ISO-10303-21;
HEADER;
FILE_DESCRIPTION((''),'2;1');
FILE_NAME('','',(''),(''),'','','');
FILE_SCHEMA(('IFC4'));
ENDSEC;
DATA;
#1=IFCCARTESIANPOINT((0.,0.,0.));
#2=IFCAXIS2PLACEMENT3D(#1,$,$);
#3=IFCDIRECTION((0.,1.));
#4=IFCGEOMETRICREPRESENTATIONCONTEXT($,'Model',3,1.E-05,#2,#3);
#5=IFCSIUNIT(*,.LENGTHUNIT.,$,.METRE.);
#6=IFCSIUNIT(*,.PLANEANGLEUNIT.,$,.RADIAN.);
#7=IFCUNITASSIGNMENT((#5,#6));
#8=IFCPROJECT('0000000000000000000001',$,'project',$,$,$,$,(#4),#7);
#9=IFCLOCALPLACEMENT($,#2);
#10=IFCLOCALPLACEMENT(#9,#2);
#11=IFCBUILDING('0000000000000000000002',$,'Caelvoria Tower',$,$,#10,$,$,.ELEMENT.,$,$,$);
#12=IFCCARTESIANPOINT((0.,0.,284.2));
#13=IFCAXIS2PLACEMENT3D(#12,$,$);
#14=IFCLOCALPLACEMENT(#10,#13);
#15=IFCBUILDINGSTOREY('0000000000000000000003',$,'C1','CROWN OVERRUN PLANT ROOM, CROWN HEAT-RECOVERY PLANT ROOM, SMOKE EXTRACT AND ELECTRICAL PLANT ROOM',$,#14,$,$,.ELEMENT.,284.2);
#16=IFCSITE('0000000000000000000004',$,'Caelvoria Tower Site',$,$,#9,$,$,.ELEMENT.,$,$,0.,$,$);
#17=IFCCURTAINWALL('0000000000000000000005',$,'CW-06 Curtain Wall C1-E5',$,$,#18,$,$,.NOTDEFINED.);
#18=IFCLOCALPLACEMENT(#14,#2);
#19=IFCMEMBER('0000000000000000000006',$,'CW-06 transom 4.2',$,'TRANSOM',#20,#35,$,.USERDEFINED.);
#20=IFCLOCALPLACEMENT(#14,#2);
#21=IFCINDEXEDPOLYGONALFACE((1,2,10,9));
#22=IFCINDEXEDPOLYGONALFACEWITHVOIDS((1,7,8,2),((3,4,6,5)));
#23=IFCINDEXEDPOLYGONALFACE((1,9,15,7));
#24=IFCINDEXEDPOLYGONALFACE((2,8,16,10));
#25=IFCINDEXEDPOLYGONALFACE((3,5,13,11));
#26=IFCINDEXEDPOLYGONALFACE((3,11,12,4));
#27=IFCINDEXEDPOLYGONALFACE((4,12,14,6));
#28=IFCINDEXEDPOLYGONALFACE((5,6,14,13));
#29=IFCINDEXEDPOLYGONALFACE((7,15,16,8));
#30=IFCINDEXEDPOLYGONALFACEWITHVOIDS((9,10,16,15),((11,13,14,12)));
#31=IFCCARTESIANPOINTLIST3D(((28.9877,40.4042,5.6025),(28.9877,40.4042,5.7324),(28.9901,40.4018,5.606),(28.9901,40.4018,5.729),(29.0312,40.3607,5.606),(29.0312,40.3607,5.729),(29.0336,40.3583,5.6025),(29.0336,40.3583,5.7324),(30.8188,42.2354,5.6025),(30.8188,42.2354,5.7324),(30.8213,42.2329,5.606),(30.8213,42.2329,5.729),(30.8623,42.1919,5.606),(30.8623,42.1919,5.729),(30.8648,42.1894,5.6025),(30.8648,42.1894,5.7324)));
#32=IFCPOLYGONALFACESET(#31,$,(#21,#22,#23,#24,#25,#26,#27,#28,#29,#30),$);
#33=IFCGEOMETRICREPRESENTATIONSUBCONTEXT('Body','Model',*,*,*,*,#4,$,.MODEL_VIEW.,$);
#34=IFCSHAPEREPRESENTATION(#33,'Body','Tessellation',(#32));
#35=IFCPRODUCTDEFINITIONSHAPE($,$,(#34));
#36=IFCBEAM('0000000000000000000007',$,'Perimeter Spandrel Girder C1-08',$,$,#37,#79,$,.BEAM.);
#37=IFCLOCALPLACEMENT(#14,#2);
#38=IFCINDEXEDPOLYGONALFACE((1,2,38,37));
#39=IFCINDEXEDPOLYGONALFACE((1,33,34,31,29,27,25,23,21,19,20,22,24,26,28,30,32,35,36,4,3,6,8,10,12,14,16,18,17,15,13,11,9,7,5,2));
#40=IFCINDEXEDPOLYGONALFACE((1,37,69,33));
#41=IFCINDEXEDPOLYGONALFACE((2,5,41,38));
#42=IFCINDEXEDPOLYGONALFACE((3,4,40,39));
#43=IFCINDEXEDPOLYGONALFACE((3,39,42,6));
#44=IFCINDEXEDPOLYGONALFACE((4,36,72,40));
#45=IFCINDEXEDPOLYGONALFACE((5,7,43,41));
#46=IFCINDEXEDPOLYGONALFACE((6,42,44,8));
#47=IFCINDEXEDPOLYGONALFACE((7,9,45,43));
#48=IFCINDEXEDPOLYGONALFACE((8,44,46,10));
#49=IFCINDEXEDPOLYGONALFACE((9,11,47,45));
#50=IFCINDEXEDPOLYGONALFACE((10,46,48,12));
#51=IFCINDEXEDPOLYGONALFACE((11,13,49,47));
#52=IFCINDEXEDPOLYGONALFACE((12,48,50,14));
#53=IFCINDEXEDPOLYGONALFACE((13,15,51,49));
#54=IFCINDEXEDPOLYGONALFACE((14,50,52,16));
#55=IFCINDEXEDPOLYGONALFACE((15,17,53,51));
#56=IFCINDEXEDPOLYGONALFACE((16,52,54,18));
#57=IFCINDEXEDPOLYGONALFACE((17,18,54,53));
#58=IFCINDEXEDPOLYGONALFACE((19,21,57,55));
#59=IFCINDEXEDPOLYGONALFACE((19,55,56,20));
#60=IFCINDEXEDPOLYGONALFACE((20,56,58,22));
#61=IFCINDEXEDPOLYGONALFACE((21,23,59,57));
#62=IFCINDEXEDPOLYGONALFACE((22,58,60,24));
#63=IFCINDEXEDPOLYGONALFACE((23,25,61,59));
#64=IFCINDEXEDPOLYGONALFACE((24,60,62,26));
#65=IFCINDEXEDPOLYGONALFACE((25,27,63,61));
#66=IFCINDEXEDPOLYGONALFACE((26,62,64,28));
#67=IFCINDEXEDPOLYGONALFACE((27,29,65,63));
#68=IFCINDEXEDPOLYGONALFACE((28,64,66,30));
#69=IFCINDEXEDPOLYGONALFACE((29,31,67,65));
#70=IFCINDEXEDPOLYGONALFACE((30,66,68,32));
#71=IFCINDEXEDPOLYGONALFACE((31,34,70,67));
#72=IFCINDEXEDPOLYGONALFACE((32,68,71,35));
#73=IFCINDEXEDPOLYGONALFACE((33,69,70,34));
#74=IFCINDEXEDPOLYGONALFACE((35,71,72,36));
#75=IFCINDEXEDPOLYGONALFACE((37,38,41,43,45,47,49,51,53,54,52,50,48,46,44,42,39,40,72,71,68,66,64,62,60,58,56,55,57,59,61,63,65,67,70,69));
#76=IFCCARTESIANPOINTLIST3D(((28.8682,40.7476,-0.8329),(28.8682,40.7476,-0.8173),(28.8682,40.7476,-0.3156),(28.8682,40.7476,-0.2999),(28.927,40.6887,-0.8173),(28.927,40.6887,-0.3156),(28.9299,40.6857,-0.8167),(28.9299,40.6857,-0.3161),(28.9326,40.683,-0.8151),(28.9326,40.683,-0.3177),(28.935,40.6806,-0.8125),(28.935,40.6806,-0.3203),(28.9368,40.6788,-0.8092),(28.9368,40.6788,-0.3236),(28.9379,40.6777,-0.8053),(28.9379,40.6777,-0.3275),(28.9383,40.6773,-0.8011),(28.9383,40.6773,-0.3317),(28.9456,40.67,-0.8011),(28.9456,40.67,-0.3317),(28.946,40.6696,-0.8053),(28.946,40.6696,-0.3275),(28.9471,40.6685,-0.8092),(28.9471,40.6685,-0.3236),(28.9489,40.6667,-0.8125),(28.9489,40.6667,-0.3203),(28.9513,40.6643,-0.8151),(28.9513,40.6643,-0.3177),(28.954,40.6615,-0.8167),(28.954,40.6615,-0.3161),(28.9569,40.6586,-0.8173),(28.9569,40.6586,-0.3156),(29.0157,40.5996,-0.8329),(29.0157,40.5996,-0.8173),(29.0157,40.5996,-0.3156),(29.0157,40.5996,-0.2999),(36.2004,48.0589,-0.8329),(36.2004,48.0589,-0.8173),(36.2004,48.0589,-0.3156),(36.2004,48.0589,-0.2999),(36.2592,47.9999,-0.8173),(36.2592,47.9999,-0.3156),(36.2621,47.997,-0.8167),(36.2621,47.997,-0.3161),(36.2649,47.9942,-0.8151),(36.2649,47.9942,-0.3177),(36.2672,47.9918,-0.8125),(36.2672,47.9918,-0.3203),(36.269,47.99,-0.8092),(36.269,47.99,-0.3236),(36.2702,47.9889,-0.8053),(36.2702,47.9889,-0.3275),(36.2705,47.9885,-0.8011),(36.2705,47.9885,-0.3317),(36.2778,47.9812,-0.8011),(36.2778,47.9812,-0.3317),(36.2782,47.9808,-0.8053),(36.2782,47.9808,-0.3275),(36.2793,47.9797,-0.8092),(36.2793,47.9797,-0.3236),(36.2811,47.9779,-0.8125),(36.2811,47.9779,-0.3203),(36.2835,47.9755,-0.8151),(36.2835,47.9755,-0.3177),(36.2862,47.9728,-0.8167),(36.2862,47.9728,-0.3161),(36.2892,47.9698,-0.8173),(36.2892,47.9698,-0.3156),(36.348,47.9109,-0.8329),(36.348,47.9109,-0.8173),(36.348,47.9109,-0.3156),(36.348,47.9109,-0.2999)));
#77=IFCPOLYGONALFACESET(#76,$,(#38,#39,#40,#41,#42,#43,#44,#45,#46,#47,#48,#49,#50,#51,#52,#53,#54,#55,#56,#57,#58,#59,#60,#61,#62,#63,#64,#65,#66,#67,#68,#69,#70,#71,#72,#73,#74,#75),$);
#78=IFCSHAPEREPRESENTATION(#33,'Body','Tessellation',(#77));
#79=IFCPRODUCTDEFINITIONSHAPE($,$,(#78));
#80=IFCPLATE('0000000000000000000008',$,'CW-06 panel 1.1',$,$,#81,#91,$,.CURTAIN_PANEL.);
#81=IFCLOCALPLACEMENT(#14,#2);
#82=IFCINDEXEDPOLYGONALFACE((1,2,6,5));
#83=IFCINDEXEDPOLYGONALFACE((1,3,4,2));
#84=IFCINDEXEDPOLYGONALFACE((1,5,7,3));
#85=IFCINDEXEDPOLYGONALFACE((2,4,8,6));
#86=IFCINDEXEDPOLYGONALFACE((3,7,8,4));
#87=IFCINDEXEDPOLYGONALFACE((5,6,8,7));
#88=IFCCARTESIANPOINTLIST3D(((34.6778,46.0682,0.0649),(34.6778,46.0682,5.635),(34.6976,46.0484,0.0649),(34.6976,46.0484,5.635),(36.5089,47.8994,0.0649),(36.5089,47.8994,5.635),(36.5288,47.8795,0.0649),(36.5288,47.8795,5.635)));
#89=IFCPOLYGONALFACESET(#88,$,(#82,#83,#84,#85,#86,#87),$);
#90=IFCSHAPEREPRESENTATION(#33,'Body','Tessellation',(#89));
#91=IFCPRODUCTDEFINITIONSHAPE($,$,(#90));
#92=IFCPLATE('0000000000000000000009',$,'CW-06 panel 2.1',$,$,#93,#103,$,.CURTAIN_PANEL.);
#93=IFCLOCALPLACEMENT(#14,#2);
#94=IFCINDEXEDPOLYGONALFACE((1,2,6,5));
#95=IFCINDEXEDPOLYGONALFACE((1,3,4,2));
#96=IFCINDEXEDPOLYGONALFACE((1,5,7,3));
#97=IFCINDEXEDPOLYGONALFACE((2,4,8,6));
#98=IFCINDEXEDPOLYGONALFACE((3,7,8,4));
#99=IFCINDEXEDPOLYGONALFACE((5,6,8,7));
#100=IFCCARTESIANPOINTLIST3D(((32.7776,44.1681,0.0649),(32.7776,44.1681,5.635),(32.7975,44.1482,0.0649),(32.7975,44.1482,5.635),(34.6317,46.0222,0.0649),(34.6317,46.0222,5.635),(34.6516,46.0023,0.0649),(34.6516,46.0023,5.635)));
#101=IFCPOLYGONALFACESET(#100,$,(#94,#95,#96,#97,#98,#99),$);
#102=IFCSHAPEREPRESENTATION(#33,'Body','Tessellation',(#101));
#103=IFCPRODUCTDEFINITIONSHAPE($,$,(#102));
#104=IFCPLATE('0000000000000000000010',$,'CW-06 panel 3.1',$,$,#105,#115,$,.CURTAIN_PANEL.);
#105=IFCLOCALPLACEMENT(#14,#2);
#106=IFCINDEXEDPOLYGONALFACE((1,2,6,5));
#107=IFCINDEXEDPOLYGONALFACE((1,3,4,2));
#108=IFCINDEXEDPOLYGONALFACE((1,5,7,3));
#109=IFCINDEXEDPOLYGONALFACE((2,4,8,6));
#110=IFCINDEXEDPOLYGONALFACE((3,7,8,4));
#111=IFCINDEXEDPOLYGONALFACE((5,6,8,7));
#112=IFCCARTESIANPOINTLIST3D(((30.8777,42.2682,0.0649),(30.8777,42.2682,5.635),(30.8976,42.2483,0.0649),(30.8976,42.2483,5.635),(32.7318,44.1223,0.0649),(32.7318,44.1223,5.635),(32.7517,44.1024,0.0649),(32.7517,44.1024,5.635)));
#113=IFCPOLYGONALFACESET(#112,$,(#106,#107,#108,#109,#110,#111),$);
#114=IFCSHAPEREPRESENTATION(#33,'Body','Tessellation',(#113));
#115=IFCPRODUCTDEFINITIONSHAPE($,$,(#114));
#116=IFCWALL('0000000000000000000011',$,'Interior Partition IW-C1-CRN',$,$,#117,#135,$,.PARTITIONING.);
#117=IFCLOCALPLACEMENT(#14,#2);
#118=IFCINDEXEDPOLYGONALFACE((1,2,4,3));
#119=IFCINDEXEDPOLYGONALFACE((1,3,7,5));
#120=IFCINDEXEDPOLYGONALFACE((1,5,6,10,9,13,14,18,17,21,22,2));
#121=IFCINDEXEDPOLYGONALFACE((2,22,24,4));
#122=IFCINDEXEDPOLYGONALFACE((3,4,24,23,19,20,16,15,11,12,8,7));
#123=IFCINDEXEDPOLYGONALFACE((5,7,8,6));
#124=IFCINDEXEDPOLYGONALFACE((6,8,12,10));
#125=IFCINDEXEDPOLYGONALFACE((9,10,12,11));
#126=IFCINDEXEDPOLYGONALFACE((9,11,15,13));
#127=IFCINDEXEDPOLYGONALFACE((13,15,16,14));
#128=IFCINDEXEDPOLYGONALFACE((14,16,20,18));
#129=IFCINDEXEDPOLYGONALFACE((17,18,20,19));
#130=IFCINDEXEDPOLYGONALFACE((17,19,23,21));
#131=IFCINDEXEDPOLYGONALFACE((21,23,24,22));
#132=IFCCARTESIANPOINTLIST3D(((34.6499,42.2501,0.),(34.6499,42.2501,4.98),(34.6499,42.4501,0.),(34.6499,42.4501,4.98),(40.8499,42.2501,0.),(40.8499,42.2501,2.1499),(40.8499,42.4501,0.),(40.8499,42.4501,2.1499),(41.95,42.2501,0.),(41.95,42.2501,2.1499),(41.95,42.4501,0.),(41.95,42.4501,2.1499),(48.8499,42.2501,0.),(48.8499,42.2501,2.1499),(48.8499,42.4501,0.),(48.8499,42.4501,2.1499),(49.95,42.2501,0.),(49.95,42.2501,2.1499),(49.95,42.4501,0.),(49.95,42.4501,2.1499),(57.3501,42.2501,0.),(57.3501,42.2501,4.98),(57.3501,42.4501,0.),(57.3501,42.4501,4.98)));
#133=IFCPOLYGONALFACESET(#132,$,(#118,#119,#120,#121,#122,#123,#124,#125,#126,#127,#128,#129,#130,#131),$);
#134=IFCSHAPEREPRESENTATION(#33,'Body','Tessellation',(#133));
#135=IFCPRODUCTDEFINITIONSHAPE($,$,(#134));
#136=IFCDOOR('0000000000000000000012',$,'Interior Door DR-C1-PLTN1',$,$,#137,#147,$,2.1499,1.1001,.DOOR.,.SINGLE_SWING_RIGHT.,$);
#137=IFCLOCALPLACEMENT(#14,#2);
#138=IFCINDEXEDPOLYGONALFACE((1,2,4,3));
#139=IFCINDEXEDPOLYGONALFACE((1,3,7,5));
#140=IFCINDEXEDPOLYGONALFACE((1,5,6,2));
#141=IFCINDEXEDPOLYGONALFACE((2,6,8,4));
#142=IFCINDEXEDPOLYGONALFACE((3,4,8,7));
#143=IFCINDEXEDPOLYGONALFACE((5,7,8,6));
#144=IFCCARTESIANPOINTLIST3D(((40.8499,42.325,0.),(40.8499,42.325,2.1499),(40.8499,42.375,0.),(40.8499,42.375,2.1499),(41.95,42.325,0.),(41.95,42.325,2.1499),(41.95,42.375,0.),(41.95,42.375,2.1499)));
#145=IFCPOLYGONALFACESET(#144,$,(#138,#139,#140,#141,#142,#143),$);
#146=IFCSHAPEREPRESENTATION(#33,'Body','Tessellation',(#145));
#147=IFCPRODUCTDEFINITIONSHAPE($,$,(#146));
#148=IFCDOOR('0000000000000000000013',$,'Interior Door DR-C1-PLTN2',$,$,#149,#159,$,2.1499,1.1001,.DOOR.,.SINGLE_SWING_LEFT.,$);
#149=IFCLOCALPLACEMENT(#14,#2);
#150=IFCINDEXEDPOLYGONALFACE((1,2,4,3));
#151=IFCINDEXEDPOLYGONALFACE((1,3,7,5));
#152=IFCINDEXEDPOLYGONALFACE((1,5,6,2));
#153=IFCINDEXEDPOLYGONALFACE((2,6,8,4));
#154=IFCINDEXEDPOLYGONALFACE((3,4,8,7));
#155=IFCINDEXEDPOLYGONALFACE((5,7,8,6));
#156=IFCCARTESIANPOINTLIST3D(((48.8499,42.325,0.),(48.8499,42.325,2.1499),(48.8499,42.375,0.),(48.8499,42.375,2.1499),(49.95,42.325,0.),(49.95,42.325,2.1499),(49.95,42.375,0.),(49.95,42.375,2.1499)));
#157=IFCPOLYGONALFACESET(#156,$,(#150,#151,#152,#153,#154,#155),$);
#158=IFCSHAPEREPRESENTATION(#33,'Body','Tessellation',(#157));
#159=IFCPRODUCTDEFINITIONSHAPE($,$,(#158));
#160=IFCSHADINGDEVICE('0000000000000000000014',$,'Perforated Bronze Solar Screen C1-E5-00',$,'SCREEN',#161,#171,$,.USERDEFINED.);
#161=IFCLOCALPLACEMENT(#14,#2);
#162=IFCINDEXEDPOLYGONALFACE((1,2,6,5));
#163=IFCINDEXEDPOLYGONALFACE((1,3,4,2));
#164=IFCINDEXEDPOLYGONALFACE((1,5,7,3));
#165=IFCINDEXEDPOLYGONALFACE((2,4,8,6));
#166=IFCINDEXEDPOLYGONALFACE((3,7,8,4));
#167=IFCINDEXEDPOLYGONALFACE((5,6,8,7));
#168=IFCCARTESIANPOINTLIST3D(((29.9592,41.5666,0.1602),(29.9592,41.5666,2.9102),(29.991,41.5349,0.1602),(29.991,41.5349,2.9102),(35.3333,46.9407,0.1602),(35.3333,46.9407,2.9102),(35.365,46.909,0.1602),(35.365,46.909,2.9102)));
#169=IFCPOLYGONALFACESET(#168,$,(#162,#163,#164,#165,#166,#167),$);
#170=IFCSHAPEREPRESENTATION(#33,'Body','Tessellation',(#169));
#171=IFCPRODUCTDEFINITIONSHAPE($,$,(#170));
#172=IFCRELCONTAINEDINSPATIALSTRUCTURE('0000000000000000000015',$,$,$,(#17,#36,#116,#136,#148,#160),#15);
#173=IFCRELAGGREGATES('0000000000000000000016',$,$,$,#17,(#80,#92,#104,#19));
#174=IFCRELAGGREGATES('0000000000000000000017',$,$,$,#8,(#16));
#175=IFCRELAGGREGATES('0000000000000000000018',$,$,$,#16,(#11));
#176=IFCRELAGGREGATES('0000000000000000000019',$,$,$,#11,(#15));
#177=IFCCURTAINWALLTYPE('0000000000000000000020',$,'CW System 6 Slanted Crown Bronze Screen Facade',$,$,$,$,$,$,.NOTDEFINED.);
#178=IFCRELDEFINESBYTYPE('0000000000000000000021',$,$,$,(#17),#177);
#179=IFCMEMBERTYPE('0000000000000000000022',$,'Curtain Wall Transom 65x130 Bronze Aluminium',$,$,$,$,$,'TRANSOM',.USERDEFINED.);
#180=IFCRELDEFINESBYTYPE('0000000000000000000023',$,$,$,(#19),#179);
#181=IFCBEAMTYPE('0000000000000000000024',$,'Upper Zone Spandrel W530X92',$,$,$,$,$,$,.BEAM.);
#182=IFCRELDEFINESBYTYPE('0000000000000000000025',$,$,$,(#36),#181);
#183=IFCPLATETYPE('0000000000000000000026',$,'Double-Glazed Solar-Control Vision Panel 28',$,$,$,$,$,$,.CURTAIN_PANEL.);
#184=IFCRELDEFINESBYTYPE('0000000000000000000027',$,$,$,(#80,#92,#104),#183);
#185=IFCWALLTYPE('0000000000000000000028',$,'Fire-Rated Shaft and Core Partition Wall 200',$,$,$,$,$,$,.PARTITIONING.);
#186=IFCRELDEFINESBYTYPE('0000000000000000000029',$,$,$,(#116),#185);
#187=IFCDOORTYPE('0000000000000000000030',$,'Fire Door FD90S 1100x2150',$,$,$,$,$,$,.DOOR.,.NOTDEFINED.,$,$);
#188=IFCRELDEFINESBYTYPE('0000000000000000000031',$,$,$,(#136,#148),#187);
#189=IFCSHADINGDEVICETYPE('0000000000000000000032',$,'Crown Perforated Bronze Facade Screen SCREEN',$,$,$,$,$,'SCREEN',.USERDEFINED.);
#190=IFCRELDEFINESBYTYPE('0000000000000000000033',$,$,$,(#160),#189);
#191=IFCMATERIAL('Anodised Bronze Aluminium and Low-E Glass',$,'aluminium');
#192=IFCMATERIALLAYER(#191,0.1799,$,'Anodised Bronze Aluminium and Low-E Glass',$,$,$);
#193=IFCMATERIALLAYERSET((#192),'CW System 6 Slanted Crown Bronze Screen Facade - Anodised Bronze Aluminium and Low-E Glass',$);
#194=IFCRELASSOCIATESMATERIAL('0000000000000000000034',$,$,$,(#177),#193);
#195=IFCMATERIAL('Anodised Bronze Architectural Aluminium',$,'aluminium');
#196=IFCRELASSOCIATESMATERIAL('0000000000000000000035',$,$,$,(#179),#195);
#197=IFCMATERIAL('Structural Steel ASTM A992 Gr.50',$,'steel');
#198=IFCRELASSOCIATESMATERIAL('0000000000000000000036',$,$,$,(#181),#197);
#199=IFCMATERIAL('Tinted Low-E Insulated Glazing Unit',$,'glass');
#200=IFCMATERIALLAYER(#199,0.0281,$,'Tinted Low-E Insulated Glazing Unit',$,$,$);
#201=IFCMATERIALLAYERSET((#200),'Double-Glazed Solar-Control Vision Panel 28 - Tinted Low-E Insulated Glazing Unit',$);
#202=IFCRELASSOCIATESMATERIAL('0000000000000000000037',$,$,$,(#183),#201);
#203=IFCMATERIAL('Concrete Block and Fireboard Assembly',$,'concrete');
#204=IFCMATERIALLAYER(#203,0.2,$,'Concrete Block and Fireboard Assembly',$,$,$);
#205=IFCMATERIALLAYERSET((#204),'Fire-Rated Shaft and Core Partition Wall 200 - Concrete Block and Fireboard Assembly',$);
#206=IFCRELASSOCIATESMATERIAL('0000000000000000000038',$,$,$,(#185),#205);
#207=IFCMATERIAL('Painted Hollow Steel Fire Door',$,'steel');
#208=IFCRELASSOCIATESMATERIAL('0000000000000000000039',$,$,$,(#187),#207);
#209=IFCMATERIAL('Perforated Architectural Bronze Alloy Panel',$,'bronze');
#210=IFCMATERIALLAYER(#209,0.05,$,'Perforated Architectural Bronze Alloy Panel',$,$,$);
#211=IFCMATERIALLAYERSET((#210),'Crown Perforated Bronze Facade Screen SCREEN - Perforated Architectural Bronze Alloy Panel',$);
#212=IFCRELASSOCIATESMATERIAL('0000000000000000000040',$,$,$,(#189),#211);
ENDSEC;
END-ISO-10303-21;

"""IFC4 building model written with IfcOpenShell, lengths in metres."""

from ifc_helpers import new_model, si_unit, direction, frame, frame_2d, origin, origin_2d, place, context, subcontext, project, spatial, rectangle, hollow_rectangle, i_section, extrude, material, layer, layer_set, material_profile, profile_set, type_object, element, fill, aggregate, save


model = new_model("IFC4")

# Units and contexts
model_context = context("Model", 3, precision=1e-05, world=origin(), true_north=direction((0.0, 1.0)))
body_context = subcontext(model_context, "Body", "Model", "MODEL_VIEW")
ifc_project = project(units=[si_unit("LENGTHUNIT", "METRE"), si_unit("PLANEANGLEUNIT", "RADIAN")], contexts=[model_context])

# Site, building, storey
site_placement = place(None, origin())
site = spatial("IfcSite", under=ifc_project, at=site_placement, Name="Caelvoria Tower Site", CompositionType="ELEMENT", RefElevation=0.0)
building_placement = place(site_placement, origin())
building = spatial("IfcBuilding", under=site, at=building_placement, Name="Caelvoria Tower", CompositionType="ELEMENT")
storey_placement = place(building_placement, frame((0.0, 0.0, 284.2)))
storey = spatial("IfcBuildingStorey", under=building, at=storey_placement, Name="C1", Description="CROWN OVERRUN PLANT ROOM, CROWN HEAT-RECOVERY PLANT ROOM, SMOKE EXTRACT AND ELECTRICAL PLANT ROOM", CompositionType="ELEMENT", Elevation=284.2)

# Shared definitions
ifc_material_1 = material(Name="Anodised Bronze Aluminium and Low-E Glass", Category="aluminium")
ifc_layer_1 = layer(ifc_material_1, 0.1799, Name="Anodised Bronze Aluminium and Low-E Glass")
ifc_layer_set_1 = layer_set([ifc_layer_1], Name="CW System 6 Slanted Crown Bronze Screen Facade - Anodised Bronze Aluminium and Low-E Glass")
curtain_wall_type = type_object("IfcCurtainWallType", Name="CW System 6 Slanted Crown Bronze Screen Facade", PredefinedType="NOTDEFINED", material=ifc_layer_set_1)
ifc_material_2 = material(Name="Anodised Bronze Architectural Aluminium", Category="aluminium")

# Curtain wall, member
curtain_wall_1_placement = place(storey_placement, origin())
curtain_wall_1 = element("IfcCurtainWall", 1, at=curtain_wall_1_placement, inside=storey, type_object=curtain_wall_type, Name="CW-06 Curtain Wall C1-E5", PredefinedType="NOTDEFINED")
ifc_material_profile_1 = material_profile(ifc_material_2, hollow_rectangle(XDim=0.0649, YDim=0.1299, WallThickness=0.0034, at=origin_2d()), Name="Anodised Bronze Architectural Aluminium")
ifc_profile_set_1 = profile_set([ifc_material_profile_1], Name="CW_TRAN_65X130 - Anodised Bronze Architectural Aluminium")
member_type_1 = type_object("IfcMemberType", Name="Curtain Wall Transom 65x130 Bronze Aluminium", ElementType="TRANSOM", PredefinedType="USERDEFINED", material=ifc_profile_set_1)
member_1_placement = place(storey_placement, frame((30.8418, 42.2124, 5.6675), z_axis=(-0.707107, -0.707107, 0.0), x_axis=(0.707107, -0.707107, 0.0)))
member_1 = element("IfcMember", 2, at=member_1_placement, type_object=member_type_1, Name="CW-06 transom 4.2", ObjectType="TRANSOM", PredefinedType="USERDEFINED", context=body_context, shape_type="SweptSolid", body=[
    extrude(hollow_rectangle(XDim=0.0649, YDim=0.1299, WallThickness=0.0034, at=origin_2d()), origin(), (0.0, 0.0, 1.0), 2.5896),
])

# Beam
ifc_material_3 = material(Name="Structural Steel ASTM A992 Gr.50", Category="steel")
ifc_material_profile_2 = material_profile(ifc_material_3, i_section(OverallWidth=0.209, OverallDepth=0.533, WebThickness=0.0103, FlangeThickness=0.0156, FilletRadius=0.0161, at=origin_2d()), Name="Structural Steel ASTM A992 Gr.50")
ifc_profile_set_2 = profile_set([ifc_material_profile_2], Name="W530X92 - Structural Steel ASTM A992 Gr.50")
beam_type = type_object("IfcBeamType", Name="Upper Zone Spandrel W530X92", PredefinedType="BEAM", material=ifc_profile_set_2)
beam_placement = place(storey_placement, frame((36.2742, 47.9849, -0.5664), z_axis=(-0.70812, -0.706092, 0.0), x_axis=(0.706092, -0.70812, 0.0)))
element("IfcBeam", 3, at=beam_placement, inside=storey, type_object=beam_type, Name="Perimeter Spandrel Girder C1-08", PredefinedType="BEAM", context=body_context, shape_type="SweptSolid", body=[
    extrude(i_section(OverallWidth=0.209, OverallDepth=0.533, WebThickness=0.0103, FlangeThickness=0.0156, FilletRadius=0.0161, at=origin_2d()), origin(), (0.0, 0.0, 1.0), 10.3545),
])

# Plates
ifc_material_4 = material(Name="Tinted Low-E Insulated Glazing Unit", Category="glass")
ifc_layer_2 = layer(ifc_material_4, 0.0281, Name="Tinted Low-E Insulated Glazing Unit")
ifc_layer_set_2 = layer_set([ifc_layer_2], Name="Double-Glazed Solar-Control Vision Panel 28 - Tinted Low-E Insulated Glazing Unit")
plate_type = type_object("IfcPlateType", Name="Double-Glazed Solar-Control Vision Panel 28", PredefinedType="CURTAIN_PANEL", material=ifc_layer_set_2)
plate_1_placement = place(storey_placement, frame((35.6033, 46.9739, 0.0649), z_axis=(0.0, 0.0, 1.0), x_axis=(-0.707107, -0.707107, 0.0)))
plate_1 = element("IfcPlate", 4, at=plate_1_placement, type_object=plate_type, Name="CW-06 panel 1.1", PredefinedType="CURTAIN_PANEL", context=body_context, shape_type="SweptSolid", body=[
    extrude(rectangle(XDim=2.5896, YDim=0.0281, at=origin_2d()), origin(), (0.0, 0.0, 1.0), 5.5701),
])
plate_2_placement = place(storey_placement, frame((33.7146, 45.0852, 0.0649), z_axis=(0.0, 0.0, 1.0), x_axis=(-0.707107, -0.707107, 0.0)))
plate_2 = element("IfcPlate", 5, at=plate_2_placement, type_object=plate_type, Name="CW-06 panel 2.1", PredefinedType="CURTAIN_PANEL", context=body_context, shape_type="SweptSolid", body=[
    extrude(rectangle(XDim=2.6221, YDim=0.0281, at=origin_2d()), origin(), (0.0, 0.0, 1.0), 5.5701),
])
plate_3_placement = place(storey_placement, frame((31.8147, 43.1853, 0.0649), z_axis=(0.0, 0.0, 1.0), x_axis=(-0.707107, -0.707107, 0.0)))
plate_3 = element("IfcPlate", 6, at=plate_3_placement, type_object=plate_type, Name="CW-06 panel 3.1", PredefinedType="CURTAIN_PANEL", context=body_context, shape_type="SweptSolid", body=[
    extrude(rectangle(XDim=2.6221, YDim=0.0281, at=origin_2d()), origin(), (0.0, 0.0, 1.0), 5.5701),
])
aggregate(curtain_wall_1, [plate_1, plate_2, plate_3, member_1])

# Wall, openings, doors
ifc_material_5 = material(Name="Concrete Block and Fireboard Assembly", Category="concrete")
ifc_layer_3 = layer(ifc_material_5, 0.2, Name="Concrete Block and Fireboard Assembly")
ifc_layer_set_3 = layer_set([ifc_layer_3], Name="Fire-Rated Shaft and Core Partition Wall 200 - Concrete Block and Fireboard Assembly")
wall_type = type_object("IfcWallType", Name="Fire-Rated Shaft and Core Partition Wall 200", PredefinedType="PARTITIONING", material=ifc_layer_set_3)
wall_placement = place(storey_placement, frame((34.6499, 42.3501, 0.0), z_axis=(0.0, 0.0, 1.0), x_axis=(1.0, 0.0, 0.0)))
wall = element("IfcWall", 7, at=wall_placement, inside=storey, type_object=wall_type, Name="Interior Partition IW-C1-CRN", PredefinedType="PARTITIONING", context=body_context, shape_type="SweptSolid", body=[
    extrude(rectangle(XDim=22.7002, YDim=0.2, at=frame_2d((11.3501, 0.0))), origin(), (0.0, 0.0, 1.0), 4.98),
])
opening_1_placement = place(wall_placement, frame((6.2, 0.0, 0.0)))
opening_1 = element("IfcOpeningElement", 8, at=opening_1_placement, cuts=wall, PredefinedType="OPENING", context=body_context, shape_type="SweptSolid", body=[
    extrude(rectangle(XDim=1.1001, YDim=2.1499, at=frame_2d((0.55, 1.075))), frame((0.0, 0.1099, 0.0), z_axis=(0.0, -1.0, 0.0), x_axis=(1.0, 0.0, 0.0)), (0.0, 0.0, 1.0), 0.22),
])
opening_2_placement = place(wall_placement, frame((14.2, 0.0, 0.0)))
opening_2 = element("IfcOpeningElement", 9, at=opening_2_placement, cuts=wall, PredefinedType="OPENING", context=body_context, shape_type="SweptSolid", body=[
    extrude(rectangle(XDim=1.1001, YDim=2.1499, at=frame_2d((0.55, 1.075))), frame((0.0, 0.1099, 0.0), z_axis=(0.0, -1.0, 0.0), x_axis=(1.0, 0.0, 0.0)), (0.0, 0.0, 1.0), 0.22),
])
ifc_material_6 = material(Name="Painted Hollow Steel Fire Door", Category="steel")
door_type = type_object("IfcDoorType", Name="Fire Door FD90S 1100x2150", OperationType="NOTDEFINED", PredefinedType="DOOR", material=ifc_material_6)
door_1_placement = place(opening_1_placement, origin())
door_1 = element("IfcDoor", 10, at=door_1_placement, inside=storey, type_object=door_type, Name="Interior Door DR-C1-PLTN1", OperationType="SINGLE_SWING_RIGHT", OverallHeight=2.1499, OverallWidth=1.1001, PredefinedType="DOOR", context=body_context, shape_type="SweptSolid", body=[
    extrude(rectangle(XDim=1.1001, YDim=2.1499, at=frame_2d((0.55, 1.075))), frame((0.0, 0.0249, 0.0), z_axis=(0.0, -1.0, 0.0), x_axis=(1.0, 0.0, 0.0)), (0.0, 0.0, 1.0), 0.05),
])
fill(opening_1, door_1)
door_2_placement = place(opening_2_placement, origin())
door_2 = element("IfcDoor", 11, at=door_2_placement, inside=storey, type_object=door_type, Name="Interior Door DR-C1-PLTN2", OperationType="SINGLE_SWING_LEFT", OverallHeight=2.1499, OverallWidth=1.1001, PredefinedType="DOOR", context=body_context, shape_type="SweptSolid", body=[
    extrude(rectangle(XDim=1.1001, YDim=2.1499, at=frame_2d((0.55, 1.075))), frame((0.0, 0.0249, 0.0), z_axis=(0.0, -1.0, 0.0), x_axis=(1.0, 0.0, 0.0)), (0.0, 0.0, 1.0), 0.05),
])
fill(opening_2, door_2)

# Shading device
ifc_material_7 = material(Name="Perforated Architectural Bronze Alloy Panel", Category="bronze")
ifc_layer_4 = layer(ifc_material_7, 0.05, Name="Perforated Architectural Bronze Alloy Panel")
ifc_layer_set_4 = layer_set([ifc_layer_4], Name="Crown Perforated Bronze Facade Screen SCREEN - Perforated Architectural Bronze Alloy Panel")
shading_device_type = type_object("IfcShadingDeviceType", Name="Crown Perforated Bronze Facade Screen SCREEN", ElementType="SCREEN", PredefinedType="USERDEFINED", material=ifc_layer_set_4)
shading_device_placement = place(storey_placement, frame((32.6621, 44.2378, 0.1602), z_axis=(0.0, 0.0, 1.0), x_axis=(-0.707107, -0.707107, 0.0)))
element("IfcShadingDevice", 12, at=shading_device_placement, inside=storey, type_object=shading_device_type, Name="Perforated Bronze Solar Screen C1-E5-00", ObjectType="SCREEN", PredefinedType="USERDEFINED", context=body_context, shape_type="SweptSolid", body=[
    extrude(rectangle(XDim=7.6001, YDim=0.0449, at=origin_2d()), origin(), (0.0, 0.0, 1.0), 2.75),
])

save(model, "model.ifc")
